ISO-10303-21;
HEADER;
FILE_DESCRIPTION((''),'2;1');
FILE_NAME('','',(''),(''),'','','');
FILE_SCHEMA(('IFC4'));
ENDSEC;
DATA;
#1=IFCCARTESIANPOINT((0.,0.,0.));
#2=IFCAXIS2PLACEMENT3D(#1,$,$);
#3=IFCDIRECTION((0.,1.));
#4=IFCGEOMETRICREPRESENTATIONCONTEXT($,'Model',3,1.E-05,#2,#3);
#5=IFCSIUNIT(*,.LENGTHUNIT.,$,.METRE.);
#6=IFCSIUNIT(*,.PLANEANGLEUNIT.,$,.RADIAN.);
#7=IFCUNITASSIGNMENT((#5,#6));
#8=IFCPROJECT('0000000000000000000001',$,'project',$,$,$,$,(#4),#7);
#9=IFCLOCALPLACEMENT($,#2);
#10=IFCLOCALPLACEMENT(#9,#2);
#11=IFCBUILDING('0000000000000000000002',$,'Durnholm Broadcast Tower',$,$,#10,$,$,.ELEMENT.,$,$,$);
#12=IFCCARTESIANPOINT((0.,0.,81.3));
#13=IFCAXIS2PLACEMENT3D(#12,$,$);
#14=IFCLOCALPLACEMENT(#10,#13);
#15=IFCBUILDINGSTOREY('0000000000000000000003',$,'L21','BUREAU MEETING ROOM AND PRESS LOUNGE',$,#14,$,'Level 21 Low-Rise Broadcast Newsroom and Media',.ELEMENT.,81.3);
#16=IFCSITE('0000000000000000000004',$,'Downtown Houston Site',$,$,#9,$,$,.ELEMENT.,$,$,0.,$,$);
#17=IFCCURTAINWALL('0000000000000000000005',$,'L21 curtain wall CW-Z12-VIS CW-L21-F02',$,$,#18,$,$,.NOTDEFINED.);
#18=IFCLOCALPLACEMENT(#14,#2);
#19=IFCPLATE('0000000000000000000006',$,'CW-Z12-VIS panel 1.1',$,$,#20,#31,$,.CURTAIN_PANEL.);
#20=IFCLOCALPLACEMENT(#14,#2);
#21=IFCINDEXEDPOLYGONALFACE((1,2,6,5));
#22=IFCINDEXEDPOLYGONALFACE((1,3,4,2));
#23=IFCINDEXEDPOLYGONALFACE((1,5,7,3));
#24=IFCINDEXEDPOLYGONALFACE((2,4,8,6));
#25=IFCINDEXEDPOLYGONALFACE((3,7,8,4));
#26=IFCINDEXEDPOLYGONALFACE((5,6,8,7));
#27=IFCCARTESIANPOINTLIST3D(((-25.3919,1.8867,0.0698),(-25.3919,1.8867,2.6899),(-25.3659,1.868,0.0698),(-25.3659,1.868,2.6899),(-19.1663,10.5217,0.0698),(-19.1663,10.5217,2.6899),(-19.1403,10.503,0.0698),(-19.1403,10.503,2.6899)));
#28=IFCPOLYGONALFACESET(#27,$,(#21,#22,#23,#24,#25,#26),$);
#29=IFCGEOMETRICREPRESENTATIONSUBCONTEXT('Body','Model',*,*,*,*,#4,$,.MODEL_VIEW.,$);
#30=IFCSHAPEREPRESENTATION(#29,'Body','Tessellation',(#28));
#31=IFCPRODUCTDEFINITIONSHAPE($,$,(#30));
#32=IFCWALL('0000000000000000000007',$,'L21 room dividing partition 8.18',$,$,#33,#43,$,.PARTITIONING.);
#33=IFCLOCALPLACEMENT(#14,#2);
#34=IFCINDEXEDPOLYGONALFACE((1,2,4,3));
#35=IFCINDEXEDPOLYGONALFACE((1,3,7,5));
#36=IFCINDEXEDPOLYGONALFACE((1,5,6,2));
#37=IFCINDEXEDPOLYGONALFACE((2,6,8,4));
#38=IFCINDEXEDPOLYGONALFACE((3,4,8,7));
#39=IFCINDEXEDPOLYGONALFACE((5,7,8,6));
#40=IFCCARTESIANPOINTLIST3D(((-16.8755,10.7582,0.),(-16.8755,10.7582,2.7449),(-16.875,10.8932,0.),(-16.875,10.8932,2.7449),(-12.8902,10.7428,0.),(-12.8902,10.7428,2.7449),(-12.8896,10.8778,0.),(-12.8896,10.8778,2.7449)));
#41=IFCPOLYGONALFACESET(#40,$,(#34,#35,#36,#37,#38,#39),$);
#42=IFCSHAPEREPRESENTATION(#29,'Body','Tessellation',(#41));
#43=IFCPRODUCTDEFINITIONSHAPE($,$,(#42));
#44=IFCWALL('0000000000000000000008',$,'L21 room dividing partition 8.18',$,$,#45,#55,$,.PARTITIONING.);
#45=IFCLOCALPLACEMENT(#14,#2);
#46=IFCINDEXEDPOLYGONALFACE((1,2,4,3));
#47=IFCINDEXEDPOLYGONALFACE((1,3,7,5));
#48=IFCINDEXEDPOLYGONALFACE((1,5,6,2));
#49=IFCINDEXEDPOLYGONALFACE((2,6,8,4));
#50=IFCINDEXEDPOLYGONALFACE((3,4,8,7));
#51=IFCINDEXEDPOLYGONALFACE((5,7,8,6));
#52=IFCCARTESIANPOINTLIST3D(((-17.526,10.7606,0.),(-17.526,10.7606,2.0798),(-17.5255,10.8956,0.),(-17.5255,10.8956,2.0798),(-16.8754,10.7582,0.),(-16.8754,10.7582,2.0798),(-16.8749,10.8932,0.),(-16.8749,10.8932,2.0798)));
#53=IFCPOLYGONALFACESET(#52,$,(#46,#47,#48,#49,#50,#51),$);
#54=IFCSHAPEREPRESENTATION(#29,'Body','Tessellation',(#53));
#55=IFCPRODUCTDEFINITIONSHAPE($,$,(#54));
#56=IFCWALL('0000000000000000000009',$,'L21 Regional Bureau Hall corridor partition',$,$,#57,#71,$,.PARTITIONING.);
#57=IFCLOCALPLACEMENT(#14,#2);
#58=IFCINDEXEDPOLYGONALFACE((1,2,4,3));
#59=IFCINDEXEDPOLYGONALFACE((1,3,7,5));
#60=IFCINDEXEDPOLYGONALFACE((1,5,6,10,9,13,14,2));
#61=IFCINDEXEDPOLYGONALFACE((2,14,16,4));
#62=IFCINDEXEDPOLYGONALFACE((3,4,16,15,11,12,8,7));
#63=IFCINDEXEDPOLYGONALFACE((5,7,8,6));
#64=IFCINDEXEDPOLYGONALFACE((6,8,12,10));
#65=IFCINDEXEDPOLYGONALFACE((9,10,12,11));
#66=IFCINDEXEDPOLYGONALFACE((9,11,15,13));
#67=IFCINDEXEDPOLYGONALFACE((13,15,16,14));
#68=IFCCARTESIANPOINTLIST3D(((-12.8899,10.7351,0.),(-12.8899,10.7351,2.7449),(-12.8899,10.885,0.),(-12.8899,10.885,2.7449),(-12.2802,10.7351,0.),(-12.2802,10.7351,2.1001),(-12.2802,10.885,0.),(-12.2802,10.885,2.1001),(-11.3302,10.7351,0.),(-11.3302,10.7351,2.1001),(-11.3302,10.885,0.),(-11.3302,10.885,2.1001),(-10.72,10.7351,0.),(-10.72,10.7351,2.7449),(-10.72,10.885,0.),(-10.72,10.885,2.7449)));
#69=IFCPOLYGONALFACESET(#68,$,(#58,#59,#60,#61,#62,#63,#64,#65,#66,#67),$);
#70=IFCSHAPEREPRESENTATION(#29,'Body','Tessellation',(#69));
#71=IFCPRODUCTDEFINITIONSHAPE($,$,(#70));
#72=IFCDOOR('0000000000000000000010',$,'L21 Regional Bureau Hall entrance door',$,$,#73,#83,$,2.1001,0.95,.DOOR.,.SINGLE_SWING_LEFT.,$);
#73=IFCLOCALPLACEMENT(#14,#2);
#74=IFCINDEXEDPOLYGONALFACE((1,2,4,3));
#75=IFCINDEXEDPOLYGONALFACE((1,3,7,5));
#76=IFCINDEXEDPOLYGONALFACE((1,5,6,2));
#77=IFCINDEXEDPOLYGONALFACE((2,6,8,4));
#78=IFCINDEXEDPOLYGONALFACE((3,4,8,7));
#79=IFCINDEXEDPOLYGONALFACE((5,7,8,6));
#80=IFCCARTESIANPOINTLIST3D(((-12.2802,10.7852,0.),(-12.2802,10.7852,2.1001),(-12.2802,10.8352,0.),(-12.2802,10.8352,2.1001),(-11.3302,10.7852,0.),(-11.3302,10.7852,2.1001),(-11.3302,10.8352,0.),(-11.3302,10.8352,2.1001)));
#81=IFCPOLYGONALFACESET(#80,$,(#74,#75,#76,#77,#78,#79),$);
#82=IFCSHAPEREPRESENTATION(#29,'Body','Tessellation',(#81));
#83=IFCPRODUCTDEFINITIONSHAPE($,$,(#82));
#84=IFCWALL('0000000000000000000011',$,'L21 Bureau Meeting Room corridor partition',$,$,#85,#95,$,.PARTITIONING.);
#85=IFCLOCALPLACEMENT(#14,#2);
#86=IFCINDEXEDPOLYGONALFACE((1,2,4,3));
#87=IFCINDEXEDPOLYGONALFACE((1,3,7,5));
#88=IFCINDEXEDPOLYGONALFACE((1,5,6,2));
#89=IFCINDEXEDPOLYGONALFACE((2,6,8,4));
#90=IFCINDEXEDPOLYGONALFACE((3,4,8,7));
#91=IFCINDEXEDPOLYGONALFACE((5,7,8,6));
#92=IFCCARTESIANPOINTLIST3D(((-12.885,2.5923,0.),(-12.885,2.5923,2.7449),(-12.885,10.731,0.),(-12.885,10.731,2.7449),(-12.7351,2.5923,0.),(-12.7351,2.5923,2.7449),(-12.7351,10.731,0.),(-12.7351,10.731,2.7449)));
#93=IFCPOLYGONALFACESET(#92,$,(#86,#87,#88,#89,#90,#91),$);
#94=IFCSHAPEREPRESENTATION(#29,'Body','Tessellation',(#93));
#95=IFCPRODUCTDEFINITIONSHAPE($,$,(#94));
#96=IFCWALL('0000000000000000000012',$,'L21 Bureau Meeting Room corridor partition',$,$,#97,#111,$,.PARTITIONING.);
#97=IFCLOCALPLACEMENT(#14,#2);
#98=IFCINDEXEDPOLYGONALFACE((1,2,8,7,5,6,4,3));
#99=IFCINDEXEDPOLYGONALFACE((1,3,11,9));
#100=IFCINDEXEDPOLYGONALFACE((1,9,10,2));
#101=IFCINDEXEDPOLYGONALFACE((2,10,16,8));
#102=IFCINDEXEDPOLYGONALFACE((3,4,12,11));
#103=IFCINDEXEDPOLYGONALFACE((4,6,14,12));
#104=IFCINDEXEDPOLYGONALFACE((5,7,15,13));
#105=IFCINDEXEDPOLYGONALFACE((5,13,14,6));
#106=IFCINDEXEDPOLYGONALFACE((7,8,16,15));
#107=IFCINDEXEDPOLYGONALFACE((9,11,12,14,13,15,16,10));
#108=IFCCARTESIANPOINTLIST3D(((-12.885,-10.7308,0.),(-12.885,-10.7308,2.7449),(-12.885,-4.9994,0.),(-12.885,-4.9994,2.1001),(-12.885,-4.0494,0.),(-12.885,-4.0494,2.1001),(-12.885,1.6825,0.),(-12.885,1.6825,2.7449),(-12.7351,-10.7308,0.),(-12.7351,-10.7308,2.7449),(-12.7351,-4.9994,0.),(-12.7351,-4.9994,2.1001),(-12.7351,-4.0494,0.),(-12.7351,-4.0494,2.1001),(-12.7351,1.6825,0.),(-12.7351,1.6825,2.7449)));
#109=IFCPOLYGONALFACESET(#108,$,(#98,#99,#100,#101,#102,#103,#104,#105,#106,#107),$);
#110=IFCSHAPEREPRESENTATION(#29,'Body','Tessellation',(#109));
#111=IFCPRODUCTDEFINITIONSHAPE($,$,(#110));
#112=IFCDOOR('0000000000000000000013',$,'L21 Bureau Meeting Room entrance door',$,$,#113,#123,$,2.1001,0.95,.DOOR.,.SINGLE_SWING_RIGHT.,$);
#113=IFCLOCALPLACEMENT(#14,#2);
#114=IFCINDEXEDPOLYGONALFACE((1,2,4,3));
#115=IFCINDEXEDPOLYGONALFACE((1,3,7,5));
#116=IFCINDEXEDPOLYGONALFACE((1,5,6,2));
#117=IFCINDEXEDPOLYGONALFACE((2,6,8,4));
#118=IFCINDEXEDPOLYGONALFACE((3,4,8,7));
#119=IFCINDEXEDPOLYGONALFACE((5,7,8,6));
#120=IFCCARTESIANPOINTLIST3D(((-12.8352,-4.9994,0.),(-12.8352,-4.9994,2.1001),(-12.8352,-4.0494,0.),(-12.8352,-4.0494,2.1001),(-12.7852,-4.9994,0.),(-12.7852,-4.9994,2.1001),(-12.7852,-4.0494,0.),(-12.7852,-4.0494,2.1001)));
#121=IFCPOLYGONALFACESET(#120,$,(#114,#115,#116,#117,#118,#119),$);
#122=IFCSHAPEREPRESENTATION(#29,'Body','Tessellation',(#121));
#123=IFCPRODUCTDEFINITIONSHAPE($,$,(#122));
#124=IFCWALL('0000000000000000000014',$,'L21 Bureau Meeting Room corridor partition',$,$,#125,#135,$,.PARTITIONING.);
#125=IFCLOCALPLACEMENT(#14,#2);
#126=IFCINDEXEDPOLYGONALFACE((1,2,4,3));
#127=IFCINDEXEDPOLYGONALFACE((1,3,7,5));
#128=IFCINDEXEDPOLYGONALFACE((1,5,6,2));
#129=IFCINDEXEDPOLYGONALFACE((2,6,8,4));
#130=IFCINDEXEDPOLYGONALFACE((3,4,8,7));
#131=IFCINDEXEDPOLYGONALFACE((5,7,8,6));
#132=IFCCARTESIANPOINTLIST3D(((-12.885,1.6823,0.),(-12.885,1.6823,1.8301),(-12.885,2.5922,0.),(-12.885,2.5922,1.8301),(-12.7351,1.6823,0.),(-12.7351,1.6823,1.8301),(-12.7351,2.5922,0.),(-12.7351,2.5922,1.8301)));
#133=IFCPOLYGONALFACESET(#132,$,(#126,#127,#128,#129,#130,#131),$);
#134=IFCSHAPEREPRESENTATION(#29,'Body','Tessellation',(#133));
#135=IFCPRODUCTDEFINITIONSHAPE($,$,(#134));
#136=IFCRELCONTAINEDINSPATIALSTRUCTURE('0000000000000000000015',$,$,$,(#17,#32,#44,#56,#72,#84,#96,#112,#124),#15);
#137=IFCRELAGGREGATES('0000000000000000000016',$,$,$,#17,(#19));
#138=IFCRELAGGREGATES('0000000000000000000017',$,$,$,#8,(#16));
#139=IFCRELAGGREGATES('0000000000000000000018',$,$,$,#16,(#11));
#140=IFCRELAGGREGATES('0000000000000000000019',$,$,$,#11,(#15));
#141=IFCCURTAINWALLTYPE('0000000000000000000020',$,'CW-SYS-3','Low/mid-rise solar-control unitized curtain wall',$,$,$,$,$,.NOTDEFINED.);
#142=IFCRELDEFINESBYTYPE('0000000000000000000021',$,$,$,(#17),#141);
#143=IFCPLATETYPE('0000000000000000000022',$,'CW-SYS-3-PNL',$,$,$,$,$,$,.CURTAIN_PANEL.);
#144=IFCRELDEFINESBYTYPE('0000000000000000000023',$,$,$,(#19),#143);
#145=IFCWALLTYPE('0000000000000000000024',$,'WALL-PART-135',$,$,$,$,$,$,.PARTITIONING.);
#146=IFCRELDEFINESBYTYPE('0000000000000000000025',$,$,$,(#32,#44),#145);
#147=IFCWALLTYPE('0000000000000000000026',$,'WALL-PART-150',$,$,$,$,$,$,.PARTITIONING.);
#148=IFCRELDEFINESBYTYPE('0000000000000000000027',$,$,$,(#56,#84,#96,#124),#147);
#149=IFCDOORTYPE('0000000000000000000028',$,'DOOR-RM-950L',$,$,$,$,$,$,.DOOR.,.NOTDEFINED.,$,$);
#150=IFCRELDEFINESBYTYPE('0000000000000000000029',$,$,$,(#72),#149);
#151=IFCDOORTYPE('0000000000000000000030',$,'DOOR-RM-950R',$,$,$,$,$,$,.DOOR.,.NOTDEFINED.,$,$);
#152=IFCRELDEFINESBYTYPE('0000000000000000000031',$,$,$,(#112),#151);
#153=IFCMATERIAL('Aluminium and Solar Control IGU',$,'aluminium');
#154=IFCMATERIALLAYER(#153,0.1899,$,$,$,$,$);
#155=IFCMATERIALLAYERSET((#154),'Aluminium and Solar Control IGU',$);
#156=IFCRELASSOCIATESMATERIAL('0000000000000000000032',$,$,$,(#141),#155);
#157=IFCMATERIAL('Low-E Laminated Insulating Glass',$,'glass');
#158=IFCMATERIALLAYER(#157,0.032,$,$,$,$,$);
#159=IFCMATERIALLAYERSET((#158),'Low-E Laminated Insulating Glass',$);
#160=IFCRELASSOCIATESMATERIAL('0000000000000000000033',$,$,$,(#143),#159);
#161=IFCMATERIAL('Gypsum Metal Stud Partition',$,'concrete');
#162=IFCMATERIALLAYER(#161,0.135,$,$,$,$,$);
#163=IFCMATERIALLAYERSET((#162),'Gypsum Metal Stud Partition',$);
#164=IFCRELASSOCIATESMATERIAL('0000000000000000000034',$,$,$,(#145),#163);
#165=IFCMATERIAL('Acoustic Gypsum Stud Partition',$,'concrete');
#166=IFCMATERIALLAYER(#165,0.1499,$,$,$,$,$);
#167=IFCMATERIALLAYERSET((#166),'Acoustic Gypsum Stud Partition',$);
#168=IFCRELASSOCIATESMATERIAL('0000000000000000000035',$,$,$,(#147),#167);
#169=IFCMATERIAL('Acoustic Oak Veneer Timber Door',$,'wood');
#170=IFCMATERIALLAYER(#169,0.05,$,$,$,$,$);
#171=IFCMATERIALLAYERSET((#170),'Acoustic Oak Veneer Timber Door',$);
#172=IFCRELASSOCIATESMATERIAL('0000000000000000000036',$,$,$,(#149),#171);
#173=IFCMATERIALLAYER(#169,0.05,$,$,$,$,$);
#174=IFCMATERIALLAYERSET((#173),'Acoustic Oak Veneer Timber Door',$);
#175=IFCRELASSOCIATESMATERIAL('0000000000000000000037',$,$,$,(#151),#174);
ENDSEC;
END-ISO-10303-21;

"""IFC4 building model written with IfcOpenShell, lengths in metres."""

from ifc_helpers import new_model, si_unit, direction, frame, frame_2d, origin, origin_2d, place, context, subcontext, project, spatial, rectangle, extrude, source, transform, mapped, material, layer, layer_set, type_object, type_shapes, element, fill, aggregate, save


model = new_model("IFC4")

# Units and contexts
model_context = context("Model", 3, precision=1e-05, world=origin(), true_north=direction((0.0, 1.0)))
body_context = subcontext(model_context, "Body", "Model", "MODEL_VIEW")
ifc_project = project(units=[si_unit("LENGTHUNIT", "METRE"), si_unit("PLANEANGLEUNIT", "RADIAN")], contexts=[model_context])

# Site, building, storey
site_placement = place(None, origin())
site = spatial("IfcSite", under=ifc_project, at=site_placement, Name="Downtown Houston Site", CompositionType="ELEMENT", RefElevation=0.0)
building_placement = place(site_placement, origin())
building = spatial("IfcBuilding", under=site, at=building_placement, Name="Durnholm Broadcast Tower", CompositionType="ELEMENT")
storey_placement = place(building_placement, frame((0.0, 0.0, 81.3)))
storey = spatial("IfcBuildingStorey", under=building, at=storey_placement, Name="L21", Description="BUREAU MEETING ROOM AND PRESS LOUNGE", LongName="Level 21 Low-Rise Broadcast Newsroom and Media", CompositionType="ELEMENT", Elevation=81.3)

# Curtain wall
ifc_material_1 = material(Name="Aluminium and Solar Control IGU", Category="aluminium")
ifc_layer_1 = layer(ifc_material_1, 0.1899)
ifc_layer_set_1 = layer_set([ifc_layer_1], Name="Aluminium and Solar Control IGU")
curtain_wall_type_1 = type_object("IfcCurtainWallType", Name="CW-SYS-3", Description="Low/mid-rise solar-control unitized curtain wall", PredefinedType="NOTDEFINED", material=ifc_layer_set_1)
curtain_wall_1_placement = place(storey_placement, origin())
curtain_wall_1 = element("IfcCurtainWall", 1, at=curtain_wall_1_placement, inside=storey, type_object=curtain_wall_type_1, Name="L21 curtain wall CW-Z12-VIS CW-L21-F02", PredefinedType="NOTDEFINED")

# Plate
ifc_material_2 = material(Name="Low-E Laminated Insulating Glass", Category="glass")
ifc_layer_2 = layer(ifc_material_2, 0.032)
ifc_layer_set_2 = layer_set([ifc_layer_2], Name="Low-E Laminated Insulating Glass")
plate_type_1 = type_object("IfcPlateType", Name="CW-SYS-3-PNL", PredefinedType="CURTAIN_PANEL", material=ifc_layer_set_2)
shared_shape_1 = source(origin(), body_context, "Body", "SweptSolid", [
    extrude(rectangle(XDim=10.6453, YDim=0.032, at=origin_2d()), origin(), (0.0, 0.0, 1.0), 2.6201),
])
type_shapes(plate_type_1, [shared_shape_1])
plate_1_placement = place(storey_placement, frame((-22.2661, 6.1948, 0.0698), z_axis=(0.0, 0.0, 1.0), x_axis=(0.584823, 0.811161, 0.0)))
plate_1 = element("IfcPlate", 2, at=plate_1_placement, type_object=plate_type_1, Name="CW-Z12-VIS panel 1.1", PredefinedType="CURTAIN_PANEL", context=body_context, shape_type="MappedRepresentation", body=[
    mapped(shared_shape_1, transform((0.0, 0.0, 0.0), x_axis=(1.0, 0.0, 0.0), y_axis=(0.0, 1.0, 0.0), z_axis=(0.0, 0.0, 1.0), scale=1.0)),
])
aggregate(curtain_wall_1, [plate_1])

# Walls
ifc_material_3 = material(Name="Gypsum Metal Stud Partition", Category="concrete")
ifc_layer_3 = layer(ifc_material_3, 0.135)
ifc_layer_set_3 = layer_set([ifc_layer_3], Name="Gypsum Metal Stud Partition")
wall_type_1 = type_object("IfcWallType", Name="WALL-PART-135", PredefinedType="PARTITIONING", material=ifc_layer_set_3)
wall_1_placement = place(storey_placement, frame((-12.8899, 10.8103, 0.0), z_axis=(0.0, 0.0, 1.0), x_axis=(-0.999993, 0.003859, 0.0)))
element("IfcWall", 3, at=wall_1_placement, inside=storey, type_object=wall_type_1, Name="L21 room dividing partition 8.18", PredefinedType="PARTITIONING", context=body_context, shape_type="SweptSolid", body=[
    extrude(rectangle(XDim=3.9854, YDim=0.135, at=frame_2d((1.9927, 0.0))), origin(), (0.0, 0.0, 1.0), 2.7449),
])
wall_2_placement = place(storey_placement, frame((-16.8752, 10.8257, 0.0), z_axis=(0.0, 0.0, 1.0), x_axis=(-0.999993, 0.003752, 0.0)))
element("IfcWall", 4, at=wall_2_placement, inside=storey, type_object=wall_type_1, Name="L21 room dividing partition 8.18", PredefinedType="PARTITIONING", context=body_context, shape_type="SweptSolid", body=[
    extrude(rectangle(XDim=0.6506, YDim=0.135, at=frame_2d((0.3252, 0.0))), origin(), (0.0, 0.0, 1.0), 2.0798),
])

# Wall, opening, door
ifc_material_4 = material(Name="Acoustic Gypsum Stud Partition", Category="concrete")
ifc_layer_4 = layer(ifc_material_4, 0.1499)
ifc_layer_set_4 = layer_set([ifc_layer_4], Name="Acoustic Gypsum Stud Partition")
wall_type_2 = type_object("IfcWallType", Name="WALL-PART-150", PredefinedType="PARTITIONING", material=ifc_layer_set_4)
wall_3_placement = place(storey_placement, frame((-10.72, 10.8101, 0.0), z_axis=(0.0, 0.0, 1.0), x_axis=(-1.0, 0.0, 0.0)))
wall_3 = element("IfcWall", 5, at=wall_3_placement, inside=storey, type_object=wall_type_2, Name="L21 Regional Bureau Hall corridor partition", PredefinedType="PARTITIONING", context=body_context, shape_type="SweptSolid", body=[
    extrude(rectangle(XDim=2.1699, YDim=0.1499, at=frame_2d((1.085, 0.0))), origin(), (0.0, 0.0, 1.0), 2.7449),
])
opening_1_placement = place(wall_3_placement, frame((0.6101, 0.0, 0.0)))
opening_1 = element("IfcOpeningElement", 6, at=opening_1_placement, cuts=wall_3, PredefinedType="OPENING", context=body_context, shape_type="SweptSolid", body=[
    extrude(rectangle(XDim=0.95, YDim=2.1001, at=frame_2d((0.4751, 1.05))), frame((0.0, 0.085, 0.0), z_axis=(0.0, -1.0, 0.0), x_axis=(1.0, 0.0, 0.0)), (0.0, 0.0, 1.0), 0.1699),
])
ifc_material_5 = material(Name="Acoustic Oak Veneer Timber Door", Category="wood")
ifc_layer_5 = layer(ifc_material_5, 0.05)
ifc_layer_set_5 = layer_set([ifc_layer_5], Name="Acoustic Oak Veneer Timber Door")
door_type_1 = type_object("IfcDoorType", Name="DOOR-RM-950L", OperationType="NOTDEFINED", PredefinedType="DOOR", material=ifc_layer_set_5)
shared_shape_2 = source(origin(), body_context, "Body", "SweptSolid", [
    extrude(rectangle(XDim=0.95, YDim=2.1001, at=frame_2d((0.4751, 1.05))), frame((0.0, 0.0249, 0.0), z_axis=(0.0, -1.0, 0.0), x_axis=(1.0, 0.0, 0.0)), (0.0, 0.0, 1.0), 0.05),
])
type_shapes(door_type_1, [shared_shape_2])
door_1_placement = place(opening_1_placement, origin())
door_1 = element("IfcDoor", 7, at=door_1_placement, inside=storey, type_object=door_type_1, Name="L21 Regional Bureau Hall entrance door", OperationType="SINGLE_SWING_LEFT", OverallHeight=2.1001, OverallWidth=0.95, PredefinedType="DOOR", context=body_context, shape_type="MappedRepresentation", body=[
    mapped(shared_shape_2, transform((0.0, 0.0, 0.0), x_axis=(1.0, 0.0, 0.0), y_axis=(0.0, 1.0, 0.0), z_axis=(0.0, 0.0, 1.0), scale=1.0)),
])
fill(opening_1, door_1)

# Wall
wall_4_placement = place(storey_placement, frame((-12.8101, 10.731, 0.0), z_axis=(0.0, 0.0, 1.0), x_axis=(0.0, -1.0, 0.0)))
element("IfcWall", 8, at=wall_4_placement, inside=storey, type_object=wall_type_2, Name="L21 Bureau Meeting Room corridor partition", PredefinedType="PARTITIONING", context=body_context, shape_type="SweptSolid", body=[
    extrude(rectangle(XDim=8.1387, YDim=0.1499, at=frame_2d((4.0693, 0.0))), origin(), (0.0, 0.0, 1.0), 2.7449),
])

# Wall, opening, door
wall_5_placement = place(storey_placement, frame((-12.8101, 1.6824, 0.0), z_axis=(0.0, 0.0, 1.0), x_axis=(0.0, -1.0, 0.0)))
wall_5 = element("IfcWall", 9, at=wall_5_placement, inside=storey, type_object=wall_type_2, Name="L21 Bureau Meeting Room corridor partition", PredefinedType="PARTITIONING", context=body_context, shape_type="SweptSolid", body=[
    extrude(rectangle(XDim=12.4133, YDim=0.1499, at=frame_2d((6.2065, 0.0))), origin(), (0.0, 0.0, 1.0), 2.7449),
])
opening_2_placement = place(wall_5_placement, frame((5.7317, 0.0, 0.0)))
opening_2 = element("IfcOpeningElement", 10, at=opening_2_placement, cuts=wall_5, PredefinedType="OPENING", context=body_context, shape_type="SweptSolid", body=[
    extrude(rectangle(XDim=0.95, YDim=2.1001, at=frame_2d((0.4751, 1.05))), frame((0.0, 0.085, 0.0), z_axis=(0.0, -1.0, 0.0), x_axis=(1.0, 0.0, 0.0)), (0.0, 0.0, 1.0), 0.1699),
])
ifc_layer_6 = layer(ifc_material_5, 0.05)
ifc_layer_set_6 = layer_set([ifc_layer_6], Name="Acoustic Oak Veneer Timber Door")
door_type_2 = type_object("IfcDoorType", Name="DOOR-RM-950R", OperationType="NOTDEFINED", PredefinedType="DOOR", material=ifc_layer_set_6)
shared_shape_3 = source(origin(), body_context, "Body", "SweptSolid", [
    extrude(rectangle(XDim=0.95, YDim=2.1001, at=frame_2d((0.4751, 1.05))), frame((0.0, 0.0249, 0.0), z_axis=(0.0, -1.0, 0.0), x_axis=(1.0, 0.0, 0.0)), (0.0, 0.0, 1.0), 0.05),
])
type_shapes(door_type_2, [shared_shape_3])
door_2_placement = place(opening_2_placement, origin())
door_2 = element("IfcDoor", 11, at=door_2_placement, inside=storey, type_object=door_type_2, Name="L21 Bureau Meeting Room entrance door", OperationType="SINGLE_SWING_RIGHT", OverallHeight=2.1001, OverallWidth=0.95, PredefinedType="DOOR", context=body_context, shape_type="MappedRepresentation", body=[
    mapped(shared_shape_3, transform((0.0, 0.0, 0.0), x_axis=(1.0, 0.0, 0.0), y_axis=(0.0, 1.0, 0.0), z_axis=(0.0, 0.0, 1.0), scale=1.0)),
])
fill(opening_2, door_2)

# Wall
wall_6_placement = place(storey_placement, frame((-12.8101, 2.5923, 0.0), z_axis=(0.0, 0.0, 1.0), x_axis=(0.0, -1.0, 0.0)))
element("IfcWall", 12, at=wall_6_placement, inside=storey, type_object=wall_type_2, Name="L21 Bureau Meeting Room corridor partition", PredefinedType="PARTITIONING", context=body_context, shape_type="SweptSolid", body=[
    extrude(rectangle(XDim=0.9099, YDim=0.1499, at=frame_2d((0.4551, 0.0))), origin(), (0.0, 0.0, 1.0), 1.8301),
])

save(model, "model.ifc")
